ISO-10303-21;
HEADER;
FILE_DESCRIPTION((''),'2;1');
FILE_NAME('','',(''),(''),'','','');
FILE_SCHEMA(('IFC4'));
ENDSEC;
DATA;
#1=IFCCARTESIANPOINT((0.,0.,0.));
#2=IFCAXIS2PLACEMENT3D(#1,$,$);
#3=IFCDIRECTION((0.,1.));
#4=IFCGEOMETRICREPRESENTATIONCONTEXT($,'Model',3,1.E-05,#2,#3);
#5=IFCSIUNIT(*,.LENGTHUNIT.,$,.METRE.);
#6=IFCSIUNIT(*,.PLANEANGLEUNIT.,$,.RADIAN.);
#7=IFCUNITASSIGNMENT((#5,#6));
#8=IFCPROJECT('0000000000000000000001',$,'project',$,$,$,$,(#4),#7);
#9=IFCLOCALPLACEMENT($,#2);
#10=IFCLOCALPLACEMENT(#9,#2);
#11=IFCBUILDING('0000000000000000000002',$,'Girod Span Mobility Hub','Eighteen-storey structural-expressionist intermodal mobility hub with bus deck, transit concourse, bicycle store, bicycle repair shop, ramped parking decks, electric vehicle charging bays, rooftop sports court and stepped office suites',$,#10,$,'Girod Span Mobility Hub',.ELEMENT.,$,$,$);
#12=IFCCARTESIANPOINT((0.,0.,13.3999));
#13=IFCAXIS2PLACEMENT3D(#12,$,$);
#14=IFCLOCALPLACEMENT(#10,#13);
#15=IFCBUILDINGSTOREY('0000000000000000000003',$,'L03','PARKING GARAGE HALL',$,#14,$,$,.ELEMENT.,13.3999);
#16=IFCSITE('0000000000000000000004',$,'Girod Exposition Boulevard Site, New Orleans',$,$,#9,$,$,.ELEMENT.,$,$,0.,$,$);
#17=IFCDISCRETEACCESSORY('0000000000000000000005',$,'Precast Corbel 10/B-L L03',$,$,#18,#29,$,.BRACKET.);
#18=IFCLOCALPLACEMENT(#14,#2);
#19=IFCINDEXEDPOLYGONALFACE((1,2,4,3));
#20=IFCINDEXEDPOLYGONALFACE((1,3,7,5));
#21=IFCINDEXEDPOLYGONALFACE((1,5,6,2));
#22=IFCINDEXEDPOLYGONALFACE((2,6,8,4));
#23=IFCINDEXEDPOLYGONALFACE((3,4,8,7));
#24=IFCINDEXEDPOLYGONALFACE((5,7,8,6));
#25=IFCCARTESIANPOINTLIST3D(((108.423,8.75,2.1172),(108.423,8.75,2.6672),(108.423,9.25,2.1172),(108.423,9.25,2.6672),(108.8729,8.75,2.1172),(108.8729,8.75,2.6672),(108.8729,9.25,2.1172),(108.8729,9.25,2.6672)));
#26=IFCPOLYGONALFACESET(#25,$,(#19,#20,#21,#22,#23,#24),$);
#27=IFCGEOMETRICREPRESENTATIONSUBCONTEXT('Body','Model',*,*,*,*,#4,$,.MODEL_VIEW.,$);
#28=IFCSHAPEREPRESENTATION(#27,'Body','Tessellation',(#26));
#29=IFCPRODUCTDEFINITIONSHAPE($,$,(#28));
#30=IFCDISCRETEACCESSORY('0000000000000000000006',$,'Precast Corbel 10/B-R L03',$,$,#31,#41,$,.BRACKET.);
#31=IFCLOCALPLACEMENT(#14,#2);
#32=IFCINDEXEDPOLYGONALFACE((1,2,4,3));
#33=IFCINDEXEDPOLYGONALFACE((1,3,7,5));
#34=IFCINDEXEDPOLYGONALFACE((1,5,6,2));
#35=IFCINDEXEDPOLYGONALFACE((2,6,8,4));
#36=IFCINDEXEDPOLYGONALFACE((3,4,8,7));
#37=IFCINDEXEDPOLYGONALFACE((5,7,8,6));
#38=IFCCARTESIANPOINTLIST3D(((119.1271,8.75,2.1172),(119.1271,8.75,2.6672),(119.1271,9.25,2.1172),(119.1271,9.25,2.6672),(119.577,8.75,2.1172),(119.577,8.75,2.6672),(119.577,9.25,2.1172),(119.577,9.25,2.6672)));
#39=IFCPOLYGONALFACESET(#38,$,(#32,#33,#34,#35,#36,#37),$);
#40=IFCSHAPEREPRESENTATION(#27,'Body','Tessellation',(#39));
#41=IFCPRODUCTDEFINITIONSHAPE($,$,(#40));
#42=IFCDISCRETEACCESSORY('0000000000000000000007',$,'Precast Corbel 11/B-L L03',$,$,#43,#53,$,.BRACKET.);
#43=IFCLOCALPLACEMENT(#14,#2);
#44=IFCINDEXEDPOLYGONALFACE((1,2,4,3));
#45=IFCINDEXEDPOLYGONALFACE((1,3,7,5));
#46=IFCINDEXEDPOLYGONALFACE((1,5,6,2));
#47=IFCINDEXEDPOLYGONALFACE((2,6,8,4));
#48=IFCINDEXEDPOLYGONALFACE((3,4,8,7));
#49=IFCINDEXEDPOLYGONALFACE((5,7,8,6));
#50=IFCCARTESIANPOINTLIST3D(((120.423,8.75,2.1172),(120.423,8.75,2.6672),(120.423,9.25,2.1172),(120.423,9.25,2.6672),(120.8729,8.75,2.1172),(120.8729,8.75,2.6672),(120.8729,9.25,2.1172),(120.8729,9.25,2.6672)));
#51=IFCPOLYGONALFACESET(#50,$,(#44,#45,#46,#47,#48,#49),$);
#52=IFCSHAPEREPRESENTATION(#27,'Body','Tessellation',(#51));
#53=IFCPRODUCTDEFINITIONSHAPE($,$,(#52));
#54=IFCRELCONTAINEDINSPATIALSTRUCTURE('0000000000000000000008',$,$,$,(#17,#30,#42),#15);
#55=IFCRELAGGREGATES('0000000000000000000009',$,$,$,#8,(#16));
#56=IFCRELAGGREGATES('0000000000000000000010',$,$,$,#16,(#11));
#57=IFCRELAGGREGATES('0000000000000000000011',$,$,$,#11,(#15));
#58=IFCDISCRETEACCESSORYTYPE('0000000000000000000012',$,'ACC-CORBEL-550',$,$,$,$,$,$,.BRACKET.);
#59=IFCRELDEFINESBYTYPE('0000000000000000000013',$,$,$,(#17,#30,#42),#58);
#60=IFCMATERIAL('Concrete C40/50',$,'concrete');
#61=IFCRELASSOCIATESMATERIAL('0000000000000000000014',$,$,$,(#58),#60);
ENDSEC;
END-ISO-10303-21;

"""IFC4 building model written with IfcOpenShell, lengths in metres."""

from ifc_helpers import new_model, si_unit, direction, frame, origin, origin_2d, place, context, subcontext, project, spatial, rectangle, extrude, material, type_object, element, save


model = new_model("IFC4")

# Units and contexts
model_context = context("Model", 3, precision=1e-05, world=origin(), true_north=direction((0.0, 1.0)))
body_context = subcontext(model_context, "Body", "Model", "MODEL_VIEW")
ifc_project = project(units=[si_unit("LENGTHUNIT", "METRE"), si_unit("PLANEANGLEUNIT", "RADIAN")], contexts=[model_context])

# Site, building, storey
site_placement = place(None, origin())
site = spatial("IfcSite", under=ifc_project, at=site_placement, Name="Girod Exposition Boulevard Site, New Orleans", CompositionType="ELEMENT", RefElevation=0.0)
building_placement = place(site_placement, origin())
building = spatial("IfcBuilding", under=site, at=building_placement, Name="Girod Span Mobility Hub", Description="Eighteen-storey structural-expressionist intermodal mobility hub with bus deck, transit concourse, bicycle store, bicycle repair shop, ramped parking decks, electric vehicle charging bays, rooftop sports court and stepped office suites", LongName="Girod Span Mobility Hub", CompositionType="ELEMENT")
storey_placement = place(building_placement, frame((0.0, 0.0, 13.3999)))
storey = spatial("IfcBuildingStorey", under=building, at=storey_placement, Name="L03", Description="PARKING GARAGE HALL", CompositionType="ELEMENT", Elevation=13.3999)

# Discrete accessories
ifc_material_1 = material(Name="Concrete C40/50", Category="concrete")
discrete_accessory_type = type_object("IfcDiscreteAccessoryType", Name="ACC-CORBEL-550", PredefinedType="BRACKET", material=ifc_material_1)
for number, where, z_axis, x_axis, name in (
    (1, (108.6479, 9.0, 2.1172), (0.0, 0.0, 1.0), (1.0, 0.0, 0.0), "Precast Corbel 10/B-L L03"),
    (2, (119.3521, 9.0, 2.1172), (0.0, 0.0, 1.0), (1.0, 0.0, 0.0), "Precast Corbel 10/B-R L03"),
    (3, (120.6479, 9.0, 2.1172), (0.0, 0.0, 1.0), (1.0, 0.0, 0.0), "Precast Corbel 11/B-L L03"),
):
    element("IfcDiscreteAccessory", number, at=place(storey_placement, frame(where, z_axis=z_axis, x_axis=x_axis)), inside=storey, type_object=discrete_accessory_type, Name=name, PredefinedType="BRACKET", context=body_context, shape_type="SweptSolid", body=[
        extrude(rectangle(XDim=0.45, YDim=0.5, at=origin_2d()), origin(), (0.0, 0.0, 1.0), 0.55),
    ])

save(model, "model.ifc")
